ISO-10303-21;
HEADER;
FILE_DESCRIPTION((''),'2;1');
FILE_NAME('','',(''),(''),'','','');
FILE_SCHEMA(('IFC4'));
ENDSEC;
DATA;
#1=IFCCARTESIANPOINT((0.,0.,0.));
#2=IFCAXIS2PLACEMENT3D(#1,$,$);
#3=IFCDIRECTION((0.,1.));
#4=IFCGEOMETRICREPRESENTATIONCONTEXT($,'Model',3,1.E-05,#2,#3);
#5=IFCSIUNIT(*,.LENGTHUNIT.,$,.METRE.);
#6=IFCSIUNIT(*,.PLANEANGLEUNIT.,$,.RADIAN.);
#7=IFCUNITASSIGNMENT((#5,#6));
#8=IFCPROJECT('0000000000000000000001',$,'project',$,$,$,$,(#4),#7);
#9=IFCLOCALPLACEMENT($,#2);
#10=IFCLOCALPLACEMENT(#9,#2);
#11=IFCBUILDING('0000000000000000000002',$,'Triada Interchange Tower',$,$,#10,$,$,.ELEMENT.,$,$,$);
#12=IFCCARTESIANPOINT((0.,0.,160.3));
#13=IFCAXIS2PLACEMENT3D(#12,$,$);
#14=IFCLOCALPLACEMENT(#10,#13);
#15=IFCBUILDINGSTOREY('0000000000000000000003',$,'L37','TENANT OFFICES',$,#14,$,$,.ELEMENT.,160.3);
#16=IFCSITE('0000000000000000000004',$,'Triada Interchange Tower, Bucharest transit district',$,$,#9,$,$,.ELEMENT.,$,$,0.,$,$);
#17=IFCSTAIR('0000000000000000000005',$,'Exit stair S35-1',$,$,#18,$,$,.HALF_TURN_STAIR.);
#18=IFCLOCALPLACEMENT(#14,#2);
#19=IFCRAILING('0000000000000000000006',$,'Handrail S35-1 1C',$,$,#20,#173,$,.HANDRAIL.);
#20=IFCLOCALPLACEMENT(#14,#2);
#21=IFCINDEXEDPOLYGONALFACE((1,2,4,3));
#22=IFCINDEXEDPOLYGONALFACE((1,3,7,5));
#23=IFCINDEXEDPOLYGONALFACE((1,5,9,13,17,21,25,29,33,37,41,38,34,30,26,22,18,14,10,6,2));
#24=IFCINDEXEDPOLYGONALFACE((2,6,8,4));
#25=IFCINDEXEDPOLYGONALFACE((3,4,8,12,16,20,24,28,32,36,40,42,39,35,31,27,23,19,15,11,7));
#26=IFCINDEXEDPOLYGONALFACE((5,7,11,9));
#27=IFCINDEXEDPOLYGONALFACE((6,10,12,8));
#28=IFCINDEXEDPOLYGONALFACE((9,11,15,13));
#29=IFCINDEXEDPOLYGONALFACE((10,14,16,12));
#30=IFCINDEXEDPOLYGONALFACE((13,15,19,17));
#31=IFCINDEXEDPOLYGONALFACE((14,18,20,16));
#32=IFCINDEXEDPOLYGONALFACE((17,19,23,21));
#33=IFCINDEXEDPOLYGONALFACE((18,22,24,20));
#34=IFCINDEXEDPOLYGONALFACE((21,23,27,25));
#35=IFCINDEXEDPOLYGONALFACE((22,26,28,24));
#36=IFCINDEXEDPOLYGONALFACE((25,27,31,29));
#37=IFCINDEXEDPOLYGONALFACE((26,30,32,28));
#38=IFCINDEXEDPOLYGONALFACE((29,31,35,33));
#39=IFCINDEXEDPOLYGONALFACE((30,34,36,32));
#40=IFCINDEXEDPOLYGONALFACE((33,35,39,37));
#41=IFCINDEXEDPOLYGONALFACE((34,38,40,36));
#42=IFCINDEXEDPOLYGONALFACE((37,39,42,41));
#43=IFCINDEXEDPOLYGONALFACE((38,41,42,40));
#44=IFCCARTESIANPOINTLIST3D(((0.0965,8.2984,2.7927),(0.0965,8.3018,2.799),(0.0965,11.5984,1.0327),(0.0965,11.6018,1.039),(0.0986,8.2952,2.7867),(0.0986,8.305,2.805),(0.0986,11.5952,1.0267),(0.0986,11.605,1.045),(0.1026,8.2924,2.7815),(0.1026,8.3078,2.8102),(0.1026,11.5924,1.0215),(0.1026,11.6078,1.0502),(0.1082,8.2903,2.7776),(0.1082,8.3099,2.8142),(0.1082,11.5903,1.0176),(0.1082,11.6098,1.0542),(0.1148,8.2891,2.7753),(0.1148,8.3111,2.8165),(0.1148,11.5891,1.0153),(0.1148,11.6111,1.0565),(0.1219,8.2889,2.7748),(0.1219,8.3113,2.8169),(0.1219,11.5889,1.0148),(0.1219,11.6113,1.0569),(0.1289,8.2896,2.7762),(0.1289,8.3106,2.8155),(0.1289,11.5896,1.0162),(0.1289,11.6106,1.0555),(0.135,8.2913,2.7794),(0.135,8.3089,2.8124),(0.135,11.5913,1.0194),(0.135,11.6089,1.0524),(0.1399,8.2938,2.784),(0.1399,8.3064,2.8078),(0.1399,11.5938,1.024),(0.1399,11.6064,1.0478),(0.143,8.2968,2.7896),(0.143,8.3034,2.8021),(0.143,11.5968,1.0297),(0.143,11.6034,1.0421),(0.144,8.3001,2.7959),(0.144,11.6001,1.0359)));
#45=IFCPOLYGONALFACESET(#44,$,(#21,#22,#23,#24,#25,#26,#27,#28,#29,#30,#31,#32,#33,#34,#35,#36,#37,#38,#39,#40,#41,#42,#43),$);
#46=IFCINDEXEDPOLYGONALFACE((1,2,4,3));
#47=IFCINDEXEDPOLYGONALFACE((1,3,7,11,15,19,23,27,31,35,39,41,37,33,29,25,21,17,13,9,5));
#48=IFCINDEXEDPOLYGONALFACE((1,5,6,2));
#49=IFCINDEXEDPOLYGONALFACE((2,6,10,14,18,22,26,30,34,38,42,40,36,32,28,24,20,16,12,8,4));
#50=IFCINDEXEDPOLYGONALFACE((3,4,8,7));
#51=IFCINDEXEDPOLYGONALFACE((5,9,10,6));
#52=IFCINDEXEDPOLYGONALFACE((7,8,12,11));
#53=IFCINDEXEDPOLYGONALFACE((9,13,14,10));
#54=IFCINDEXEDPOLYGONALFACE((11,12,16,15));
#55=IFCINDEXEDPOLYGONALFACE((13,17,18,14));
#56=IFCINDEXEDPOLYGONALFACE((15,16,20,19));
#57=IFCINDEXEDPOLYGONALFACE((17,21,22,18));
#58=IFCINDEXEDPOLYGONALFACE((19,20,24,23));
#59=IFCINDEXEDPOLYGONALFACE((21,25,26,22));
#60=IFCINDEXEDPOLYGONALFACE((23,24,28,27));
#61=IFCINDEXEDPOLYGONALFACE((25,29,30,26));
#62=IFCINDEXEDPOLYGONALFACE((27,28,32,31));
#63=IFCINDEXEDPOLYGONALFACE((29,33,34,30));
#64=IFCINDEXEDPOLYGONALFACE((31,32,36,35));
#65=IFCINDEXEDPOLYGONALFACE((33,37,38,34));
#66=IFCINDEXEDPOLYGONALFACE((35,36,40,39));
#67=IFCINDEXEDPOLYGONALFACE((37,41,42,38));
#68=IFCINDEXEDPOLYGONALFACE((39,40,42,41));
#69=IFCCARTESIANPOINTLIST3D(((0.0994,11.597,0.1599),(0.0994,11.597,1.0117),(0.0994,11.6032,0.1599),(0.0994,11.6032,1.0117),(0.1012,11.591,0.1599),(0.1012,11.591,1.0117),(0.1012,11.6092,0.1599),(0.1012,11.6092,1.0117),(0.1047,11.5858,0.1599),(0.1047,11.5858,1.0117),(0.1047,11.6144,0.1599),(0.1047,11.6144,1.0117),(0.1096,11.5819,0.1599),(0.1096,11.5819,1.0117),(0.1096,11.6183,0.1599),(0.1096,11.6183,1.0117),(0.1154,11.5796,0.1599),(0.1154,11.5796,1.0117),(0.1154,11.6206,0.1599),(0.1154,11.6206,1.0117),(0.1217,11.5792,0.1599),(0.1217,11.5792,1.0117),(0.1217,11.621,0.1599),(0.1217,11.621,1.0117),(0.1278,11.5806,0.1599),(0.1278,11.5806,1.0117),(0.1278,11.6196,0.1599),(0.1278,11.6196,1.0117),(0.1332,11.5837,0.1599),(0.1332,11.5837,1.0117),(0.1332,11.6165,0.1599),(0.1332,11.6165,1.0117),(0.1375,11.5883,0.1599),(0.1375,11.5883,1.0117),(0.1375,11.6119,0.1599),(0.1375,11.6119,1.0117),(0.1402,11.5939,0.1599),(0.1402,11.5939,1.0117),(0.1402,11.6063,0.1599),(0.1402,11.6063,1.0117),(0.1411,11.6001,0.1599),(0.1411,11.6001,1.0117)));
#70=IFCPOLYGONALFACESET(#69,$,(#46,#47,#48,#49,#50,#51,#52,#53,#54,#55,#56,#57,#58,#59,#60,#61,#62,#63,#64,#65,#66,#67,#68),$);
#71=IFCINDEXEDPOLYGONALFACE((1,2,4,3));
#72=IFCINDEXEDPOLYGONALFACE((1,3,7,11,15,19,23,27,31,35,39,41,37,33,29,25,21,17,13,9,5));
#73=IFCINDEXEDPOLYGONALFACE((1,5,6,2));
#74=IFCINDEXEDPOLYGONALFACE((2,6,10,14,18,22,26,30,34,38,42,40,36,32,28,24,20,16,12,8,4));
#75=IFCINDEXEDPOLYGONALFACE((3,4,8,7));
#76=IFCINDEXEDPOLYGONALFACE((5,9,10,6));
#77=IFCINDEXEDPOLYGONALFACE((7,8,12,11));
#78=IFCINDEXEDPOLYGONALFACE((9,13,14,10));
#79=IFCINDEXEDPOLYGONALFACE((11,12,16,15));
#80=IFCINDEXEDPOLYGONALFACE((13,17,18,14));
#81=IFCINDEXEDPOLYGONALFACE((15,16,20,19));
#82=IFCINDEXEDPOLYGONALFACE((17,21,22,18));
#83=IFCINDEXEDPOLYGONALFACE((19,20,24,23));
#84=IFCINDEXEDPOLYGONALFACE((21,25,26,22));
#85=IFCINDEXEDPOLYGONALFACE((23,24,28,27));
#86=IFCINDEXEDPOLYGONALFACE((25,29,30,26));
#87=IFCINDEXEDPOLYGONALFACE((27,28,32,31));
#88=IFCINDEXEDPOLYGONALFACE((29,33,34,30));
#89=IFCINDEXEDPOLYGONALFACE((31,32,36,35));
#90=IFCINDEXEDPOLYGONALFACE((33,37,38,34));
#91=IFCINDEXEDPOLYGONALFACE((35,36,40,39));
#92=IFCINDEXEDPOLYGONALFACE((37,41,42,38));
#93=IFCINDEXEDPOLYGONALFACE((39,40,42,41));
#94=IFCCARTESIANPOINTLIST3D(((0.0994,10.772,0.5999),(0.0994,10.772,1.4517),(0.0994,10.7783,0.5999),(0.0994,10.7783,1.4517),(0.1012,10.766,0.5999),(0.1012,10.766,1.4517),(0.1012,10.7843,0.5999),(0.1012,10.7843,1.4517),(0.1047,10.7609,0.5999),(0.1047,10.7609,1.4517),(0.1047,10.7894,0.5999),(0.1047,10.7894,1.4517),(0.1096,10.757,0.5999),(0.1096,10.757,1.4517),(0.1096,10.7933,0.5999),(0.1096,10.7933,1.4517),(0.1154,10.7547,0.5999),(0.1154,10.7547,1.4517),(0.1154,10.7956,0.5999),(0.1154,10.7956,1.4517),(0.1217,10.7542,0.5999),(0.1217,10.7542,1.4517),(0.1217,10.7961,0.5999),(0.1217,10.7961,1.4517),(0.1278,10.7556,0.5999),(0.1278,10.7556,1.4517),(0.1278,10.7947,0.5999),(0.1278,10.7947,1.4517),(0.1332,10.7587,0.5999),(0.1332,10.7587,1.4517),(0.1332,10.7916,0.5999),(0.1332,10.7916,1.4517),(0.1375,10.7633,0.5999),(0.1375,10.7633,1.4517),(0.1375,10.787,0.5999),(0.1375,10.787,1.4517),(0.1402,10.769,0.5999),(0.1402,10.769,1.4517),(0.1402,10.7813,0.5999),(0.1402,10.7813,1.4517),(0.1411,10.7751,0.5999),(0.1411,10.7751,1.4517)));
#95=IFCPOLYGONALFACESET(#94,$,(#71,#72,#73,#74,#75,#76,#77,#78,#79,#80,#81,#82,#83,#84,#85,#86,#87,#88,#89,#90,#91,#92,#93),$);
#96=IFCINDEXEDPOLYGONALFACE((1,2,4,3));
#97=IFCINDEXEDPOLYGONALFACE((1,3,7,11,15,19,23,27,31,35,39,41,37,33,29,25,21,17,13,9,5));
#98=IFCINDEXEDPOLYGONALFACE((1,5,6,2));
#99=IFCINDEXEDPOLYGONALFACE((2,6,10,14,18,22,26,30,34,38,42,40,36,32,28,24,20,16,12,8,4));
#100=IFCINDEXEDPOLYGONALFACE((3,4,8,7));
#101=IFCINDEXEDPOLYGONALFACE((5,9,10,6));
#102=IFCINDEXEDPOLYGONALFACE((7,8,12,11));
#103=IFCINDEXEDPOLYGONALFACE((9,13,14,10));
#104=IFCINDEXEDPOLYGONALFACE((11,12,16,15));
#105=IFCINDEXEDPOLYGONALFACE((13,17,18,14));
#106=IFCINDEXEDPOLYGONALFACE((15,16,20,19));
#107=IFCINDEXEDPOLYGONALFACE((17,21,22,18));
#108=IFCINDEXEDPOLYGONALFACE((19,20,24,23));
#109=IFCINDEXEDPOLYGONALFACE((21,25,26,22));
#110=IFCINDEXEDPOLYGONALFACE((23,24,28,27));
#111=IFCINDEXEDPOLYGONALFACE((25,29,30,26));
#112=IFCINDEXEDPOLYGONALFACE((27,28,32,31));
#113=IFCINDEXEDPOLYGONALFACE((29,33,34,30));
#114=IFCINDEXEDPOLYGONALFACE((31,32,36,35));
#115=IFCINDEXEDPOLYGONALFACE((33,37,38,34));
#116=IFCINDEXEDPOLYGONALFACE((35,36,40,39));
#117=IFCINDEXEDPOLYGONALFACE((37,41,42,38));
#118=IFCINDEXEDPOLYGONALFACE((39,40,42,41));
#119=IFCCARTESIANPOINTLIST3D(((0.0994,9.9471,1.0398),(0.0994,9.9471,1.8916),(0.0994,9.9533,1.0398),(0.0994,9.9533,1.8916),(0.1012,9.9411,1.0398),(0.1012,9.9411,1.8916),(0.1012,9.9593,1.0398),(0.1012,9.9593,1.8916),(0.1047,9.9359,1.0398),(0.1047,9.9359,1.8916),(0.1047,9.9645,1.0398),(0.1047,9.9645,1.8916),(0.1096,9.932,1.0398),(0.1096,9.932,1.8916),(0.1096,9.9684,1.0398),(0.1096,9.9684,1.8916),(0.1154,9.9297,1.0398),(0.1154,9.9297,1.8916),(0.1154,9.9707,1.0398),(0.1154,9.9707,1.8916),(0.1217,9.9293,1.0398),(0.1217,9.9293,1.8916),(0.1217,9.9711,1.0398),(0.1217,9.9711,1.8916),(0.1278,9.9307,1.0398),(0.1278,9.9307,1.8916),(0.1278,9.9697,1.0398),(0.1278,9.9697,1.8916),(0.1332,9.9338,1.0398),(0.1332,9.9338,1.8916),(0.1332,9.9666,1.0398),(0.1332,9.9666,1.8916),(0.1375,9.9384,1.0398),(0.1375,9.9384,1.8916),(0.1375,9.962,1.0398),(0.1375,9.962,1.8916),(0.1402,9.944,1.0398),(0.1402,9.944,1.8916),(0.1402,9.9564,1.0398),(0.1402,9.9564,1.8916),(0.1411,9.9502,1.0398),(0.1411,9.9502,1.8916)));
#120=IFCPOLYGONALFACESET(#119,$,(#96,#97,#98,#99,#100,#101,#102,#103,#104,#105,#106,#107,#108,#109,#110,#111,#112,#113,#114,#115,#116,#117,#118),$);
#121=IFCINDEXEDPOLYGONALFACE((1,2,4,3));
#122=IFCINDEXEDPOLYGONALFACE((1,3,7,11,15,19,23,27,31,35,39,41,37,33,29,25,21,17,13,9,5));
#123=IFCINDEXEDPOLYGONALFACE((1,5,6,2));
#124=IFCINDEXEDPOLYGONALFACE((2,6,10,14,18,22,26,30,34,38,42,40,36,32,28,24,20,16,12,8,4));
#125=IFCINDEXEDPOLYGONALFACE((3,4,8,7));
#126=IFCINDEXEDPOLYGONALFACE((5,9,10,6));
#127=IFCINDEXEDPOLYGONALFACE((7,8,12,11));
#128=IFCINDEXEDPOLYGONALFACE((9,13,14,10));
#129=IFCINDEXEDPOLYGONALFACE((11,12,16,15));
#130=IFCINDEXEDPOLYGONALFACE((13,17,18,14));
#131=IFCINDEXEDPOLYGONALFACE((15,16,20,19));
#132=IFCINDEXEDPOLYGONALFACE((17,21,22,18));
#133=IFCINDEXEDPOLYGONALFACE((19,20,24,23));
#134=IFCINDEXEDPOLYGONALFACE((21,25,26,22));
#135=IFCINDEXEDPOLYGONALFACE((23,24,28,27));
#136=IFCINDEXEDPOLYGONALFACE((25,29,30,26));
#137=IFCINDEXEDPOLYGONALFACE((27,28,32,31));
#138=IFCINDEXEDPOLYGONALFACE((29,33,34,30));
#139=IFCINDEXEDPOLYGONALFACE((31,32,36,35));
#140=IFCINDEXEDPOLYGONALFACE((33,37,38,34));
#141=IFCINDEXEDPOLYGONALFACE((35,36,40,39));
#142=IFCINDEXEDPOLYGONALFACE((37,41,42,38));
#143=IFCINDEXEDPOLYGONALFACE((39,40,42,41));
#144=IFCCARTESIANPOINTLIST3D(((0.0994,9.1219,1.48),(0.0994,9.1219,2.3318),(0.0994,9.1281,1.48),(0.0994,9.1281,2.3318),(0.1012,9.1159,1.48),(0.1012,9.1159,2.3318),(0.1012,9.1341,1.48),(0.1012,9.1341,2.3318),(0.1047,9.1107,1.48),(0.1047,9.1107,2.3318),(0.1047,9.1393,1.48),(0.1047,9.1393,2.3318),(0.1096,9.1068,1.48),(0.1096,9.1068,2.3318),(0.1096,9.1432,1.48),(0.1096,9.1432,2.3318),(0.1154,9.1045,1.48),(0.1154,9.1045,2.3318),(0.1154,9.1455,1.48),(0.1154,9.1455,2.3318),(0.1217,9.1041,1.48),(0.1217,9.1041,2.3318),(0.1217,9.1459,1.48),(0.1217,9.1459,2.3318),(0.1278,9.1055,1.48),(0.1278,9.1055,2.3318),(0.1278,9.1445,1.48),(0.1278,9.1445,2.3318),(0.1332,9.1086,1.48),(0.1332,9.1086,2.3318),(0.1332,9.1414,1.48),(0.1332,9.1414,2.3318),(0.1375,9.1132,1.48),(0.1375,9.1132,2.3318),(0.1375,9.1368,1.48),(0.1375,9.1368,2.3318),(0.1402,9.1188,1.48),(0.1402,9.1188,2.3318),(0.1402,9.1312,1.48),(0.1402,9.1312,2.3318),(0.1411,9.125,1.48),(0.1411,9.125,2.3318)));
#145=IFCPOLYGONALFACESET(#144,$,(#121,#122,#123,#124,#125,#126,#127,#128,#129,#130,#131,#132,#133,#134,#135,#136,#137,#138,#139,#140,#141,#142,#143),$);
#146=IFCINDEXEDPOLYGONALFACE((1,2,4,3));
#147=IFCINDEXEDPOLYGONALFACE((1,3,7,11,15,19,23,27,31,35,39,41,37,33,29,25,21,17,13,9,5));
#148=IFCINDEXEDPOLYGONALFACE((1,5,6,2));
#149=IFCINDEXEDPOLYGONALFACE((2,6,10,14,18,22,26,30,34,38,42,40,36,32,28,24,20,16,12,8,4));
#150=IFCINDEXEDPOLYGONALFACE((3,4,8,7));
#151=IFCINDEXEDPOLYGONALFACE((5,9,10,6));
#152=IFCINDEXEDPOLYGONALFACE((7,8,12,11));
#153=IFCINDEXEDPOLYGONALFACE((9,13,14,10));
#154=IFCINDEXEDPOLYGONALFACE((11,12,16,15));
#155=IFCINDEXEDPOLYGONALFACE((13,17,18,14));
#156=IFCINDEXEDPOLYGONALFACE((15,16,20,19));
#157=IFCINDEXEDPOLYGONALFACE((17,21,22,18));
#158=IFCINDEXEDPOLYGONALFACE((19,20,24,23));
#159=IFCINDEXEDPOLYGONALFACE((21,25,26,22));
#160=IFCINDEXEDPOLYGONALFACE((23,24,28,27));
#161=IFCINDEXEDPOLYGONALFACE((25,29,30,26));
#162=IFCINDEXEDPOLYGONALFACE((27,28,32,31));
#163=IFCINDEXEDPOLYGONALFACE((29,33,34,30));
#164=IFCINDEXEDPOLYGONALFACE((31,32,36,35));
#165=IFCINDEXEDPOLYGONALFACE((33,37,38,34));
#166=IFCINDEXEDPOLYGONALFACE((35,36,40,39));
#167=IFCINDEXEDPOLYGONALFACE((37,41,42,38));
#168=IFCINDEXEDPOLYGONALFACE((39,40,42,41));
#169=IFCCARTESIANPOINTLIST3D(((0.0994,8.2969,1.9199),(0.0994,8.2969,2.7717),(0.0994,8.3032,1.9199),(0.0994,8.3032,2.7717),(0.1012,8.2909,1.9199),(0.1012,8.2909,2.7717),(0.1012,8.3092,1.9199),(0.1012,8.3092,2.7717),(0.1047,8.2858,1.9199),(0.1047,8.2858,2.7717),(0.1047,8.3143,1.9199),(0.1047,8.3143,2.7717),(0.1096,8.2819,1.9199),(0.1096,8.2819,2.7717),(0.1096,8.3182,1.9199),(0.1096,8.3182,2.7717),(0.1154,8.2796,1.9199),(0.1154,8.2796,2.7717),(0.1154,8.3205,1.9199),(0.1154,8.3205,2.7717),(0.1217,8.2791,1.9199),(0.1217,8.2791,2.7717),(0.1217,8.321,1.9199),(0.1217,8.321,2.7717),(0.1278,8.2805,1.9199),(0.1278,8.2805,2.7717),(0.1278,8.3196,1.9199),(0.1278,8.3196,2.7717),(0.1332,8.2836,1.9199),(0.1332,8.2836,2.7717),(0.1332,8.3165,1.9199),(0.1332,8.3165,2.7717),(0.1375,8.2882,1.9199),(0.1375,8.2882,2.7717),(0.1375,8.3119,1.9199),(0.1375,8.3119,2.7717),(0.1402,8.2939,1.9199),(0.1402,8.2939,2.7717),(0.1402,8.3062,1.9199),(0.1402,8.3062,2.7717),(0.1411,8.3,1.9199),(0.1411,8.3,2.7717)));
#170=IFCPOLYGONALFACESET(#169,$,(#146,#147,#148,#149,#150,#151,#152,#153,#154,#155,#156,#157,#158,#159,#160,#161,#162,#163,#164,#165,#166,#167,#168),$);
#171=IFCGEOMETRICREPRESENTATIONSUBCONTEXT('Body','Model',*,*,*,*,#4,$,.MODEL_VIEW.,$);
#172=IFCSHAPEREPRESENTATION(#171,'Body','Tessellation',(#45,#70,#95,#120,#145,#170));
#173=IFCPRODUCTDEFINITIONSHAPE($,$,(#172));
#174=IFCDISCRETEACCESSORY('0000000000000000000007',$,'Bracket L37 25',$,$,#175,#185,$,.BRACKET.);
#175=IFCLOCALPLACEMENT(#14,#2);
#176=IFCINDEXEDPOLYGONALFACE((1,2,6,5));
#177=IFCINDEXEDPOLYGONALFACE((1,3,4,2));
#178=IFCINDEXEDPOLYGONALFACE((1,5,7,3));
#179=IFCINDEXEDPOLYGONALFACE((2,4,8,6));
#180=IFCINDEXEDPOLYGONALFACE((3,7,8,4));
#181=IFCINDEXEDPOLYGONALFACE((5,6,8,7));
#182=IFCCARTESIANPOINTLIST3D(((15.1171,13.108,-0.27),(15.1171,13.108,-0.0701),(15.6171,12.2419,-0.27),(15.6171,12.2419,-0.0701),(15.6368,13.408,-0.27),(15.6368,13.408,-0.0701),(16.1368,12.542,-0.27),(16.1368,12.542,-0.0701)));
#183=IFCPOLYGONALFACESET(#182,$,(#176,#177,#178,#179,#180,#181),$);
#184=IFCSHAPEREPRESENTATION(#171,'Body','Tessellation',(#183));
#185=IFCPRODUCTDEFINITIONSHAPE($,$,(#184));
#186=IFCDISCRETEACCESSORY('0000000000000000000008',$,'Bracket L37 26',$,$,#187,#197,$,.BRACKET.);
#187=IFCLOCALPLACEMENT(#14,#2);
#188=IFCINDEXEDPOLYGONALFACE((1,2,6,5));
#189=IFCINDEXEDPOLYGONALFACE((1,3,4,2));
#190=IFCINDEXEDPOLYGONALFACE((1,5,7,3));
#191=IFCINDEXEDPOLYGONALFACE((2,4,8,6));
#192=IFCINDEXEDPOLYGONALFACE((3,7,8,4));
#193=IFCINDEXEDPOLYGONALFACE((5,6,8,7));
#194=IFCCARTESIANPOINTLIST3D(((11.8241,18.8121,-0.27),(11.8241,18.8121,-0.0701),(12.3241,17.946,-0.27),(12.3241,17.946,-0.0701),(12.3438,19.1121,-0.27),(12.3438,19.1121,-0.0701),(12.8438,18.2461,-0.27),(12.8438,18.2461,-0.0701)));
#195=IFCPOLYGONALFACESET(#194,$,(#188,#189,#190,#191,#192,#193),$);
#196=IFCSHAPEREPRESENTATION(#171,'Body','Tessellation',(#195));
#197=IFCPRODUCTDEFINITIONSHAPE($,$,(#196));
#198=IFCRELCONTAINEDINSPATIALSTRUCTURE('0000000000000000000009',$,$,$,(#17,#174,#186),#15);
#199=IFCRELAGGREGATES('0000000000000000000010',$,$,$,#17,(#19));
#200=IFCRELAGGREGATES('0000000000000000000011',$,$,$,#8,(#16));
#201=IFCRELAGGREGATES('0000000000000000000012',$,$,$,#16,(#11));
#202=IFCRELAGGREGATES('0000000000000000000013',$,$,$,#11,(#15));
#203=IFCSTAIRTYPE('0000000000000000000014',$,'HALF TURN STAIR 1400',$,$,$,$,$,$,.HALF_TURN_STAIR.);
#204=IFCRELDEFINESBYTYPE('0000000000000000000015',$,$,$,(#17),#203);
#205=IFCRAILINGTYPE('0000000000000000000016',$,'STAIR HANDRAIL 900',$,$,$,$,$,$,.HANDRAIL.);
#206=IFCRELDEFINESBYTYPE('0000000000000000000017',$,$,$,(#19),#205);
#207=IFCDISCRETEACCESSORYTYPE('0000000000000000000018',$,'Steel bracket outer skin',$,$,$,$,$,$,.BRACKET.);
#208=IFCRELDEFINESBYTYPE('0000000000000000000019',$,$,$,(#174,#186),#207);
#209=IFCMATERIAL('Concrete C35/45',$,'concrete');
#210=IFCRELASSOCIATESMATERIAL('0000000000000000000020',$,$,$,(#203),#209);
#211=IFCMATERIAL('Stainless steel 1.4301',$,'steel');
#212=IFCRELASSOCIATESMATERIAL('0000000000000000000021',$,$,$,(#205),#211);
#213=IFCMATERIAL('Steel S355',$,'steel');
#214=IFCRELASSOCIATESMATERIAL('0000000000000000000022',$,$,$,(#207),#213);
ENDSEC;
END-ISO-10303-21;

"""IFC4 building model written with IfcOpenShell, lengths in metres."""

from ifc_helpers import new_model, si_unit, direction, frame, origin, origin_2d, place, context, subcontext, project, spatial, rectangle, circle, extrude, material, type_object, element, aggregate, save


model = new_model("IFC4")

# Units and contexts
model_context = context("Model", 3, precision=1e-05, world=origin(), true_north=direction((0.0, 1.0)))
body_context = subcontext(model_context, "Body", "Model", "MODEL_VIEW")
ifc_project = project(units=[si_unit("LENGTHUNIT", "METRE"), si_unit("PLANEANGLEUNIT", "RADIAN")], contexts=[model_context])

# Site, building, storey
site_placement = place(None, origin())
site = spatial("IfcSite", under=ifc_project, at=site_placement, Name="Triada Interchange Tower, Bucharest transit district", CompositionType="ELEMENT", RefElevation=0.0)
building_placement = place(site_placement, origin())
building = spatial("IfcBuilding", under=site, at=building_placement, Name="Triada Interchange Tower", CompositionType="ELEMENT")
storey_placement = place(building_placement, frame((0.0, 0.0, 160.3)))
storey = spatial("IfcBuildingStorey", under=building, at=storey_placement, Name="L37", Description="TENANT OFFICES", CompositionType="ELEMENT", Elevation=160.3)

# Stair
ifc_material_1 = material(Name="Concrete C35/45", Category="concrete")
stair_type = type_object("IfcStairType", Name="HALF TURN STAIR 1400", PredefinedType="HALF_TURN_STAIR", material=ifc_material_1)
stair_placement = place(storey_placement, origin())
stair = element("IfcStair", 1, at=stair_placement, inside=storey, type_object=stair_type, Name="Exit stair S35-1", PredefinedType="HALF_TURN_STAIR")

# Railing
ifc_material_2 = material(Name="Stainless steel 1.4301", Category="steel")
railing_type = type_object("IfcRailingType", Name="STAIR HANDRAIL 900", PredefinedType="HANDRAIL", material=ifc_material_2)
railing_1_placement = place(storey_placement, frame((0.1201, 11.6001, 0.1599)))
railing_1 = element("IfcRailing", 2, at=railing_1_placement, type_object=railing_type, Name="Handrail S35-1 1C", PredefinedType="HANDRAIL", context=body_context, shape_type="SweptSolid", body=[
    extrude(circle(Radius=0.0239, at=origin_2d()), frame((0.0, 0.0, 0.876), z_axis=(0.0, -0.882355, 0.470585), x_axis=(1.0, 0.0, 0.0)), (0.0, 0.0, 1.0), 3.74),
    extrude(circle(Radius=0.021, at=origin_2d()), origin(), (0.0, 0.0, 1.0), 0.8518),
    extrude(circle(Radius=0.021, at=origin_2d()), frame((0.0, -0.825, 0.4399)), (0.0, 0.0, 1.0), 0.8518),
    extrude(circle(Radius=0.021, at=origin_2d()), frame((0.0, -1.6499, 0.8799)), (0.0, 0.0, 1.0), 0.8518),
    extrude(circle(Radius=0.021, at=origin_2d()), frame((0.0, -2.4751, 1.3201)), (0.0, 0.0, 1.0), 0.8518),
    extrude(circle(Radius=0.021, at=origin_2d()), frame((0.0, -3.3, 1.76)), (0.0, 0.0, 1.0), 0.8518),
])
aggregate(stair, [railing_1])

# Discrete accessories
ifc_material_3 = material(Name="Steel S355", Category="steel")
discrete_accessory_type = type_object("IfcDiscreteAccessoryType", Name="Steel bracket outer skin", PredefinedType="BRACKET", material=ifc_material_3)
for number, where, z_axis, x_axis, name in (
    (3, (15.627, 12.825, -0.27), (0.0, 0.0, 1.0), (0.866036, 0.499982, 0.0), "Bracket L37 25"),
    (4, (12.334, 18.5291, -0.27), (0.0, 0.0, 1.0), (0.866036, 0.499982, 0.0), "Bracket L37 26"),
):
    element("IfcDiscreteAccessory", number, at=place(storey_placement, frame(where, z_axis=z_axis, x_axis=x_axis)), inside=storey, type_object=discrete_accessory_type, Name=name, PredefinedType="BRACKET", context=body_context, shape_type="SweptSolid", body=[
        extrude(rectangle(XDim=0.6001, YDim=1.0, at=origin_2d()), origin(), (0.0, 0.0, 1.0), 0.2),
    ])

save(model, "model.ifc")
